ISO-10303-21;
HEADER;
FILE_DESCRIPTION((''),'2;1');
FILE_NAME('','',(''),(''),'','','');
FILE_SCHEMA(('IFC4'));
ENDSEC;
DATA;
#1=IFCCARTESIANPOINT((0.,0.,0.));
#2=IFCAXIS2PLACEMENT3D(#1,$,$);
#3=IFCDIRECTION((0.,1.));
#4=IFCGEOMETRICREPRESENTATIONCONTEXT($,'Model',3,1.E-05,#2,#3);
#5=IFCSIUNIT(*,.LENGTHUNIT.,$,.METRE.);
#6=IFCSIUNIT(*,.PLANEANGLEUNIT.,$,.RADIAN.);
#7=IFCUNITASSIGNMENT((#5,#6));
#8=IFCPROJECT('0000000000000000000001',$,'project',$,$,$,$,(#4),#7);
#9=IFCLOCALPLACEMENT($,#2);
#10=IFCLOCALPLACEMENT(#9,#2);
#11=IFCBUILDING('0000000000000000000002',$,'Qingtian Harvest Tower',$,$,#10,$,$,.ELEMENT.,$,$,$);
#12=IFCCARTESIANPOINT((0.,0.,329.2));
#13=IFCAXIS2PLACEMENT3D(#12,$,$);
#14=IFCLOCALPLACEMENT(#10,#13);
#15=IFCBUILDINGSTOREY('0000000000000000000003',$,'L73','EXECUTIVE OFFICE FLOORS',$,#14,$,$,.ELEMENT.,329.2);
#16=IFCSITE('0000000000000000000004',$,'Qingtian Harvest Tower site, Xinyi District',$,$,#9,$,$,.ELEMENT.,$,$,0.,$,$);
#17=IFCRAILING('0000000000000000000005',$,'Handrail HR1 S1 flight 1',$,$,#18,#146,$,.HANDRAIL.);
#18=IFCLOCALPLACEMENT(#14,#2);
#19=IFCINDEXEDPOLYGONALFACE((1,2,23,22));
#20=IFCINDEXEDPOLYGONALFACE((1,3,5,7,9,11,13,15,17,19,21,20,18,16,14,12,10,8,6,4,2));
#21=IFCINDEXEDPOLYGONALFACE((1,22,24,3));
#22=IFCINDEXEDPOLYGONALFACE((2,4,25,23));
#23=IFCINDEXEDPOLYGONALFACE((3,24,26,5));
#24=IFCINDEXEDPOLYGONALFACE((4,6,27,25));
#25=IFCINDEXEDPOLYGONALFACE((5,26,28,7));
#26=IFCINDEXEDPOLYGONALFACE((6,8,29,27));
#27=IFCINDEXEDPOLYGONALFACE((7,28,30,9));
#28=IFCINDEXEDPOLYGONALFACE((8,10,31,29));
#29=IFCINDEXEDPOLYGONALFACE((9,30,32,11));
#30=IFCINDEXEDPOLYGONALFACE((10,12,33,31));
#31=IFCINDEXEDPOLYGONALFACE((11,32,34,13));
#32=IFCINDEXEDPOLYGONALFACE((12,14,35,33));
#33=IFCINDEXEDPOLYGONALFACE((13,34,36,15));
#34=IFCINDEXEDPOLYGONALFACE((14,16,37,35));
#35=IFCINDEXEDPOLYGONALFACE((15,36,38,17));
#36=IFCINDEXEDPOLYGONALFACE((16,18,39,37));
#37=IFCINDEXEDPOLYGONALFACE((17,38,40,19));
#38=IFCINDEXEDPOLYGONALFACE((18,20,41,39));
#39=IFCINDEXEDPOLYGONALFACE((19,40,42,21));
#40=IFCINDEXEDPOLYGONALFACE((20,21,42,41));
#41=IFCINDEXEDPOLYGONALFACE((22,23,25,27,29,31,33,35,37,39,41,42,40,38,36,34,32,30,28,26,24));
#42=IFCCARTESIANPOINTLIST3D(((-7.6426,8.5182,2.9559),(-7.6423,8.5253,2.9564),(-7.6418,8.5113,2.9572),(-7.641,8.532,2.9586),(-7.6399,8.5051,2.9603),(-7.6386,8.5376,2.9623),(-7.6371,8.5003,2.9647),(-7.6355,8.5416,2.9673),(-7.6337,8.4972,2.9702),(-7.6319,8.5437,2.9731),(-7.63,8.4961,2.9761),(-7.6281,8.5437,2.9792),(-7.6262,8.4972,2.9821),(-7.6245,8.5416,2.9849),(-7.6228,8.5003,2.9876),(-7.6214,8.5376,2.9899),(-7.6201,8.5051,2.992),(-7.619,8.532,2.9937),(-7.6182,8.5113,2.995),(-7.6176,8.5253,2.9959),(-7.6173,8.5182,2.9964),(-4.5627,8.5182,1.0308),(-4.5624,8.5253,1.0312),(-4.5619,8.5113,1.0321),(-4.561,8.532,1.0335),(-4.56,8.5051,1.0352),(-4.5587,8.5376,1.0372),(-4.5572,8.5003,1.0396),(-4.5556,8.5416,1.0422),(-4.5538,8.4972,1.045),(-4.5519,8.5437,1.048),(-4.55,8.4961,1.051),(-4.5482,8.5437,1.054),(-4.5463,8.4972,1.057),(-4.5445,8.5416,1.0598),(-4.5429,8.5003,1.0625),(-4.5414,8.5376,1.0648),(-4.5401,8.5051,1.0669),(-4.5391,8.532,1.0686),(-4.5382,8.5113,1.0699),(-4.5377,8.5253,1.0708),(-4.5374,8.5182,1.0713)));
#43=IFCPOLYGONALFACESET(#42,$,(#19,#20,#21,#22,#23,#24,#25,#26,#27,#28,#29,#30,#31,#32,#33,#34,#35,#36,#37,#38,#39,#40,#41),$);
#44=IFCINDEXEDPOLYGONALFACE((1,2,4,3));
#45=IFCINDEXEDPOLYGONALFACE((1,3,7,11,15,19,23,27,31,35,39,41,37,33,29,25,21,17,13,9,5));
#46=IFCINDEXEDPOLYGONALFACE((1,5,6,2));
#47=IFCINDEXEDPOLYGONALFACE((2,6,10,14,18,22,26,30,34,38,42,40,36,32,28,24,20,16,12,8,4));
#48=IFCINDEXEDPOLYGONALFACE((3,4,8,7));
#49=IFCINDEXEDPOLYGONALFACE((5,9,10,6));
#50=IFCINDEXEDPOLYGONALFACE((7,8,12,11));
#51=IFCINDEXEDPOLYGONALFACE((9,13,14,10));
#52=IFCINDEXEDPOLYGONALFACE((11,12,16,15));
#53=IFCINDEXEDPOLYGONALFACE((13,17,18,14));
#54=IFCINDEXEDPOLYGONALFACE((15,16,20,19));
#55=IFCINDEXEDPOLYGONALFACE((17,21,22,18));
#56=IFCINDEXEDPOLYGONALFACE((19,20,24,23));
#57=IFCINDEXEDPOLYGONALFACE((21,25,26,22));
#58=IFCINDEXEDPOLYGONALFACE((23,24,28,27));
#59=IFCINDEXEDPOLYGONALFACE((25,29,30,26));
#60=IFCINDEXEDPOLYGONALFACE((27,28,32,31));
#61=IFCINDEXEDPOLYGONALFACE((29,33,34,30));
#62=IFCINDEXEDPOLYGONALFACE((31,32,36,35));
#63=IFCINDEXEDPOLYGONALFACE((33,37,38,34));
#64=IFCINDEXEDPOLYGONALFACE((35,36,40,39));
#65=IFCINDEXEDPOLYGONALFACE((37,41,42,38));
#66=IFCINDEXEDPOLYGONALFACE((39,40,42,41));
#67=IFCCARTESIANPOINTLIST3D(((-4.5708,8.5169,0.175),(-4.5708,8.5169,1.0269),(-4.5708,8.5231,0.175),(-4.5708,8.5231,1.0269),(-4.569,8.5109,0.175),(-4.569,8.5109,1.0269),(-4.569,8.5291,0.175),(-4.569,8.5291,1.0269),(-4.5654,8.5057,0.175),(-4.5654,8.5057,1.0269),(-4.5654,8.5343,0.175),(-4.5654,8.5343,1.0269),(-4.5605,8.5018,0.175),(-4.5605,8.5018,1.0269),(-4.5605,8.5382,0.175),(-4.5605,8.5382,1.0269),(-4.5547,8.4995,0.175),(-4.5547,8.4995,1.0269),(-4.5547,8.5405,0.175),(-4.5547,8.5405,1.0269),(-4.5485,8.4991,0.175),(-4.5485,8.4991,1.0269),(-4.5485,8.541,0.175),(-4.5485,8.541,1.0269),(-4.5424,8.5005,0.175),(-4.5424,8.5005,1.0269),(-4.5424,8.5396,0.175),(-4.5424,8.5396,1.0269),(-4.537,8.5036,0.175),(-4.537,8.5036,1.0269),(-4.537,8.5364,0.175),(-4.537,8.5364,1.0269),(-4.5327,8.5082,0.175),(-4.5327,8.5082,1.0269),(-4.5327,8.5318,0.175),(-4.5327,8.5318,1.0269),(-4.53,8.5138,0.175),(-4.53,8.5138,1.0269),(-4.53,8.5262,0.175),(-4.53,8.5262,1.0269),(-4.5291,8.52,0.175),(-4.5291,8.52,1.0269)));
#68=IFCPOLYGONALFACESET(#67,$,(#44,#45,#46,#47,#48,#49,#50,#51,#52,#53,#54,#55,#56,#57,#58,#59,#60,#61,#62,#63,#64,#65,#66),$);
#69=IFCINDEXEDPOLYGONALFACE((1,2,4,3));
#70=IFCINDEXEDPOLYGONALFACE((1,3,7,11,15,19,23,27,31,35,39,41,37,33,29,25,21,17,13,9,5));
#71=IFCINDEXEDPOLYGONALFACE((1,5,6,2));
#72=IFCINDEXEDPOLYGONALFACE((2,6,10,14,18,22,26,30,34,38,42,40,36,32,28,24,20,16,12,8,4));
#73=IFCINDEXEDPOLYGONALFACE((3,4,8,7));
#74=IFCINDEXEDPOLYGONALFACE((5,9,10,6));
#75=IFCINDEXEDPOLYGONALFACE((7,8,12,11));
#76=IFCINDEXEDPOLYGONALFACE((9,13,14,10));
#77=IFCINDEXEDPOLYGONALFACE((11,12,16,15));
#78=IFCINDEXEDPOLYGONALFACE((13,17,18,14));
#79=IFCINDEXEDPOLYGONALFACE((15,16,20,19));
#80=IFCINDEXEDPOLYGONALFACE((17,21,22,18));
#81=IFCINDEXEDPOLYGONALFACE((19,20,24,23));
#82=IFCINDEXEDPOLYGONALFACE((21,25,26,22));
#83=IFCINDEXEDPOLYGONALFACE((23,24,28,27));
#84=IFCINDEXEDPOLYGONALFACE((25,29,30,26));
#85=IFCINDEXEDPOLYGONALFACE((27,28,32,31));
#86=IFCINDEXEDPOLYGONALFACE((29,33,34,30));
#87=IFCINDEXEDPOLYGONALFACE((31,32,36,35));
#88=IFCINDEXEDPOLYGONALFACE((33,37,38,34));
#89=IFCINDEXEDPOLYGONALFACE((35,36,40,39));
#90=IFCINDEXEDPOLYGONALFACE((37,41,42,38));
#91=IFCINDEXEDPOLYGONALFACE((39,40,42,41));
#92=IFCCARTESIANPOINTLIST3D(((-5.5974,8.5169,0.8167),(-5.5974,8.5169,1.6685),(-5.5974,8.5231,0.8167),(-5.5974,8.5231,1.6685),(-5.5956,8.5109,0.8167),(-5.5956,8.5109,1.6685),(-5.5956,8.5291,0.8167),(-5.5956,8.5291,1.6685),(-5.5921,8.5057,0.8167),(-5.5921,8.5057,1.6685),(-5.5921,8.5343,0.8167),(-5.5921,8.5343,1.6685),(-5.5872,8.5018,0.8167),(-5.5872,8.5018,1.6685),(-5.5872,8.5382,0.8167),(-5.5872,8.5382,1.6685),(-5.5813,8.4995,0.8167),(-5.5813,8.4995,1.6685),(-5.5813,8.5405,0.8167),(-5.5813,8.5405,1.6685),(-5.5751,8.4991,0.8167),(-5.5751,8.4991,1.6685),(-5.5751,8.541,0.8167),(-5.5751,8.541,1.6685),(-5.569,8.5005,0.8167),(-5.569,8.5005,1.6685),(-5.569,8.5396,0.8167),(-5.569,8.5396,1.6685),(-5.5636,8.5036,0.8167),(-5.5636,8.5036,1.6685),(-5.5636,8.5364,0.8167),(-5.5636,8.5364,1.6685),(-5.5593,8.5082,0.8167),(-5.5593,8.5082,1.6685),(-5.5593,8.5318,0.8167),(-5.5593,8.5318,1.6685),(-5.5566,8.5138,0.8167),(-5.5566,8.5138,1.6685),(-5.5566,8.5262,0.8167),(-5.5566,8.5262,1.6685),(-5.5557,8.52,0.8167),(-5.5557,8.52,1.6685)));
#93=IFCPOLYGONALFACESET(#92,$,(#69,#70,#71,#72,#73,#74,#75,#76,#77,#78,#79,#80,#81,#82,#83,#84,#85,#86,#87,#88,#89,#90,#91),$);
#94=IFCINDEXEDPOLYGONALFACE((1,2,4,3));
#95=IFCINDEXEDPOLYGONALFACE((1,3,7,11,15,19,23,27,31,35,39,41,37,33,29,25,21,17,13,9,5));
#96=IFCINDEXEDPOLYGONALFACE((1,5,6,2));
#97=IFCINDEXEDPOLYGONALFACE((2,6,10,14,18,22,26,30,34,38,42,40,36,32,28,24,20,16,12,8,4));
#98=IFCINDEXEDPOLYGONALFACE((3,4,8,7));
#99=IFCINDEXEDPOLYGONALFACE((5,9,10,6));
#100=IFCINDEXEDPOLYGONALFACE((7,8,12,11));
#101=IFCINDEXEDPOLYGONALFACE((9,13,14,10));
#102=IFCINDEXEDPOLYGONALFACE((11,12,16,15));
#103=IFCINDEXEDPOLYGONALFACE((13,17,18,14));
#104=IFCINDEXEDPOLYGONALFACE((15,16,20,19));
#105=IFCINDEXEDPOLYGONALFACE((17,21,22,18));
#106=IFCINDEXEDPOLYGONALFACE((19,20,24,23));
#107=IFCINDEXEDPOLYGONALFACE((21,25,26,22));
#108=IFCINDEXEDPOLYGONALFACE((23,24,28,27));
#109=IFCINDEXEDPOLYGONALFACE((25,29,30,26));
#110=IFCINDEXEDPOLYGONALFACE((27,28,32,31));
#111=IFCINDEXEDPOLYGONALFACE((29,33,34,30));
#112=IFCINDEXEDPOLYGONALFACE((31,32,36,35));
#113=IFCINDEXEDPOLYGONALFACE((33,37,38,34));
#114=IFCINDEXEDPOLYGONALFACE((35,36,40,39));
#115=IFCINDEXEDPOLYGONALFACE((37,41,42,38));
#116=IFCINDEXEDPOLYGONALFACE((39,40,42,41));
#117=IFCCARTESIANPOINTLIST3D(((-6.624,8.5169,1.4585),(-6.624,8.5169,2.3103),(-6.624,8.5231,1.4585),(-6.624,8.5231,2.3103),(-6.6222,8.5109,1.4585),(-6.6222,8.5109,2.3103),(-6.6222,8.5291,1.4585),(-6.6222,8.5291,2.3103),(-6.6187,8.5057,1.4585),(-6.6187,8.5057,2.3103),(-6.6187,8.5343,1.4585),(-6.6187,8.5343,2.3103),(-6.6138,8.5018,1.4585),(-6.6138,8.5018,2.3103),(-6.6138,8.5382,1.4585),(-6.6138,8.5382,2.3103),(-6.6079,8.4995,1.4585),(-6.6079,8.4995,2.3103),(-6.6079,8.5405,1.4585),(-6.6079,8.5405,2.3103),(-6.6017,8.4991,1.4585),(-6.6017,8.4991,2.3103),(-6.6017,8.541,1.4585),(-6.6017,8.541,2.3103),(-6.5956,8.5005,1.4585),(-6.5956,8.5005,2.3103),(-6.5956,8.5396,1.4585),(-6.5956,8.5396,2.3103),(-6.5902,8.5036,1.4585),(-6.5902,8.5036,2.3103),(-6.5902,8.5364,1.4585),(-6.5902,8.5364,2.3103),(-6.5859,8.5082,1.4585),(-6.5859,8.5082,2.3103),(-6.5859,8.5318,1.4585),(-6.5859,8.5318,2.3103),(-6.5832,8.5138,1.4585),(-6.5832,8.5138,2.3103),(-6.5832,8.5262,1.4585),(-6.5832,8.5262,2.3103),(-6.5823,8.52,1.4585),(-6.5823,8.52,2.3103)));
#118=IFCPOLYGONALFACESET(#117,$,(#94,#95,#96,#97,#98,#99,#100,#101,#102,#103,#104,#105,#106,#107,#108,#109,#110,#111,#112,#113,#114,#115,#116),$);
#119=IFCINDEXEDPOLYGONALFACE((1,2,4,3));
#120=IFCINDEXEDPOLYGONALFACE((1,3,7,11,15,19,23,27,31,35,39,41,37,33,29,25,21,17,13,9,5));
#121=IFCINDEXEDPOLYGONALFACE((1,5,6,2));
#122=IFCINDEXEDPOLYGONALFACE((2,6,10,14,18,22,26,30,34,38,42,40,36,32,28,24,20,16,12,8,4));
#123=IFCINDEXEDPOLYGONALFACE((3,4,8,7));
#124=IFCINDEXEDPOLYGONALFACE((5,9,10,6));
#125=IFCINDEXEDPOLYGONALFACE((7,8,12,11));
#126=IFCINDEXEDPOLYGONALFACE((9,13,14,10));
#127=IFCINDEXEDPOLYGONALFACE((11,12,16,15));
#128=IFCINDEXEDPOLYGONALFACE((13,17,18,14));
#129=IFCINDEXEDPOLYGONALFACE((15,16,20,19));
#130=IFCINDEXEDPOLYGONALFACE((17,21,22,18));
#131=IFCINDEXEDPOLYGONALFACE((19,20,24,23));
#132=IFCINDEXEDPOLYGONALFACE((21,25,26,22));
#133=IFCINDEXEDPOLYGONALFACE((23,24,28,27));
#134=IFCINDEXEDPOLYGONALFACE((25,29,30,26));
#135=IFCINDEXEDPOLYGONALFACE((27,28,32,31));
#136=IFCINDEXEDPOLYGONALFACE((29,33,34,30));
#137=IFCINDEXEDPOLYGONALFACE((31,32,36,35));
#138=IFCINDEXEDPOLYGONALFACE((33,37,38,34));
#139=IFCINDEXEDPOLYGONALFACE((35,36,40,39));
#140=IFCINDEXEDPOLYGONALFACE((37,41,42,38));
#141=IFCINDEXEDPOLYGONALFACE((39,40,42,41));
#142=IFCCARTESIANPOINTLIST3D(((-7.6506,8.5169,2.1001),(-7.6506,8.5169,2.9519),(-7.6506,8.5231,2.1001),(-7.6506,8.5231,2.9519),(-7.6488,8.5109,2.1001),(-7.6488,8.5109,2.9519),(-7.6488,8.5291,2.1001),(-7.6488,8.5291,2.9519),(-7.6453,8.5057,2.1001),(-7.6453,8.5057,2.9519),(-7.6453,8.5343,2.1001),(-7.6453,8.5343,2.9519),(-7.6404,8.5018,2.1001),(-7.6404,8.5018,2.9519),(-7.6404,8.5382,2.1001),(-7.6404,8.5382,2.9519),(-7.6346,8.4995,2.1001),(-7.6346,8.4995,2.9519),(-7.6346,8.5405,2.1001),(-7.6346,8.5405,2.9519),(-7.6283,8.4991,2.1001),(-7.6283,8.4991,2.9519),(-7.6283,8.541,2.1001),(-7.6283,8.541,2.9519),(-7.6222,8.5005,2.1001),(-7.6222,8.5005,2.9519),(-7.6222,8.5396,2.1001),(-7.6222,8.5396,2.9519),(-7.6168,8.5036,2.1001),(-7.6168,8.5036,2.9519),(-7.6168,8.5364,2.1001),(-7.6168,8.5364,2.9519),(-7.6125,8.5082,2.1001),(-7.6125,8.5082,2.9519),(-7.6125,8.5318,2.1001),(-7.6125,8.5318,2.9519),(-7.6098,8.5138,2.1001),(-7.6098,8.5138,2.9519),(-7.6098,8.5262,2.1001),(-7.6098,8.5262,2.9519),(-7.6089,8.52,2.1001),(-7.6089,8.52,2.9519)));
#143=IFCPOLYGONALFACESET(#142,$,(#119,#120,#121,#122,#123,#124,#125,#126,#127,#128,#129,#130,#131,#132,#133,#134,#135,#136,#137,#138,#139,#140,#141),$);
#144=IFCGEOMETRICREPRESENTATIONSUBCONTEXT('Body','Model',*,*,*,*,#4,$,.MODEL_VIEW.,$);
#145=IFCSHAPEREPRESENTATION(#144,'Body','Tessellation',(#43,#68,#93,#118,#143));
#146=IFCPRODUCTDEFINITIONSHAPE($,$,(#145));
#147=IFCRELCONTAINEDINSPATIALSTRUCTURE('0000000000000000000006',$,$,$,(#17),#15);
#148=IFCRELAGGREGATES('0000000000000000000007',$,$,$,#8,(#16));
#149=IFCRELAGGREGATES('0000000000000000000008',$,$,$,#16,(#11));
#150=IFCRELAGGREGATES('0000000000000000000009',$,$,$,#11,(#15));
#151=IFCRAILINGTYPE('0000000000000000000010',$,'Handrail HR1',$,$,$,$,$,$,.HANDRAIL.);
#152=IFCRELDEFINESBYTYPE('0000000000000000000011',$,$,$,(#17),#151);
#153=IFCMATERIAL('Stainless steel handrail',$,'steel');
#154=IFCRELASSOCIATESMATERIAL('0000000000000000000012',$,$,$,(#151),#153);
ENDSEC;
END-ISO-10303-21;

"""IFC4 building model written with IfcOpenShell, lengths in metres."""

from ifc_helpers import new_model, si_unit, direction, frame, origin, origin_2d, place, context, subcontext, project, spatial, circle, extrude, material, type_object, element, save


model = new_model("IFC4")

# Units and contexts
model_context = context("Model", 3, precision=1e-05, world=origin(), true_north=direction((0.0, 1.0)))
body_context = subcontext(model_context, "Body", "Model", "MODEL_VIEW")
ifc_project = project(units=[si_unit("LENGTHUNIT", "METRE"), si_unit("PLANEANGLEUNIT", "RADIAN")], contexts=[model_context])

# Site, building, storey
site_placement = place(None, origin())
site = spatial("IfcSite", under=ifc_project, at=site_placement, Name="Qingtian Harvest Tower site, Xinyi District", CompositionType="ELEMENT", RefElevation=0.0)
building_placement = place(site_placement, origin())
building = spatial("IfcBuilding", under=site, at=building_placement, Name="Qingtian Harvest Tower", CompositionType="ELEMENT")
storey_placement = place(building_placement, frame((0.0, 0.0, 329.2)))
storey = spatial("IfcBuildingStorey", under=building, at=storey_placement, Name="L73", Description="EXECUTIVE OFFICE FLOORS", CompositionType="ELEMENT", Elevation=329.2)

# Railing
ifc_material_1 = material(Name="Stainless steel handrail", Category="steel")
railing_type = type_object("IfcRailingType", Name="Handrail HR1", PredefinedType="HANDRAIL", material=ifc_material_1)
railing_placement = place(storey_placement, frame((-4.55, 8.52, 0.175)))
element("IfcRailing", 1, at=railing_placement, inside=storey, type_object=railing_type, Name="Handrail HR1 S1 flight 1", PredefinedType="HANDRAIL", context=body_context, shape_type="SweptSolid", body=[
    extrude(circle(Radius=0.0239, at=origin_2d()), frame((0.0, 0.0, 0.876), z_axis=(-0.847979, 0.0, 0.530029), x_axis=(0.0, -1.0, 0.0)), (0.0, 0.0, 1.0), 3.6321),
    extrude(circle(Radius=0.021, at=origin_2d()), origin(), (0.0, 0.0, 1.0), 0.8518),
    extrude(circle(Radius=0.021, at=origin_2d()), frame((-1.0266, 0.0, 0.6416)), (0.0, 0.0, 1.0), 0.8518),
    extrude(circle(Radius=0.021, at=origin_2d()), frame((-2.0532, 0.0, 1.2834)), (0.0, 0.0, 1.0), 0.8518),
    extrude(circle(Radius=0.021, at=origin_2d()), frame((-3.0798, 0.0, 1.925)), (0.0, 0.0, 1.0), 0.8518),
])

save(model, "model.ifc")
